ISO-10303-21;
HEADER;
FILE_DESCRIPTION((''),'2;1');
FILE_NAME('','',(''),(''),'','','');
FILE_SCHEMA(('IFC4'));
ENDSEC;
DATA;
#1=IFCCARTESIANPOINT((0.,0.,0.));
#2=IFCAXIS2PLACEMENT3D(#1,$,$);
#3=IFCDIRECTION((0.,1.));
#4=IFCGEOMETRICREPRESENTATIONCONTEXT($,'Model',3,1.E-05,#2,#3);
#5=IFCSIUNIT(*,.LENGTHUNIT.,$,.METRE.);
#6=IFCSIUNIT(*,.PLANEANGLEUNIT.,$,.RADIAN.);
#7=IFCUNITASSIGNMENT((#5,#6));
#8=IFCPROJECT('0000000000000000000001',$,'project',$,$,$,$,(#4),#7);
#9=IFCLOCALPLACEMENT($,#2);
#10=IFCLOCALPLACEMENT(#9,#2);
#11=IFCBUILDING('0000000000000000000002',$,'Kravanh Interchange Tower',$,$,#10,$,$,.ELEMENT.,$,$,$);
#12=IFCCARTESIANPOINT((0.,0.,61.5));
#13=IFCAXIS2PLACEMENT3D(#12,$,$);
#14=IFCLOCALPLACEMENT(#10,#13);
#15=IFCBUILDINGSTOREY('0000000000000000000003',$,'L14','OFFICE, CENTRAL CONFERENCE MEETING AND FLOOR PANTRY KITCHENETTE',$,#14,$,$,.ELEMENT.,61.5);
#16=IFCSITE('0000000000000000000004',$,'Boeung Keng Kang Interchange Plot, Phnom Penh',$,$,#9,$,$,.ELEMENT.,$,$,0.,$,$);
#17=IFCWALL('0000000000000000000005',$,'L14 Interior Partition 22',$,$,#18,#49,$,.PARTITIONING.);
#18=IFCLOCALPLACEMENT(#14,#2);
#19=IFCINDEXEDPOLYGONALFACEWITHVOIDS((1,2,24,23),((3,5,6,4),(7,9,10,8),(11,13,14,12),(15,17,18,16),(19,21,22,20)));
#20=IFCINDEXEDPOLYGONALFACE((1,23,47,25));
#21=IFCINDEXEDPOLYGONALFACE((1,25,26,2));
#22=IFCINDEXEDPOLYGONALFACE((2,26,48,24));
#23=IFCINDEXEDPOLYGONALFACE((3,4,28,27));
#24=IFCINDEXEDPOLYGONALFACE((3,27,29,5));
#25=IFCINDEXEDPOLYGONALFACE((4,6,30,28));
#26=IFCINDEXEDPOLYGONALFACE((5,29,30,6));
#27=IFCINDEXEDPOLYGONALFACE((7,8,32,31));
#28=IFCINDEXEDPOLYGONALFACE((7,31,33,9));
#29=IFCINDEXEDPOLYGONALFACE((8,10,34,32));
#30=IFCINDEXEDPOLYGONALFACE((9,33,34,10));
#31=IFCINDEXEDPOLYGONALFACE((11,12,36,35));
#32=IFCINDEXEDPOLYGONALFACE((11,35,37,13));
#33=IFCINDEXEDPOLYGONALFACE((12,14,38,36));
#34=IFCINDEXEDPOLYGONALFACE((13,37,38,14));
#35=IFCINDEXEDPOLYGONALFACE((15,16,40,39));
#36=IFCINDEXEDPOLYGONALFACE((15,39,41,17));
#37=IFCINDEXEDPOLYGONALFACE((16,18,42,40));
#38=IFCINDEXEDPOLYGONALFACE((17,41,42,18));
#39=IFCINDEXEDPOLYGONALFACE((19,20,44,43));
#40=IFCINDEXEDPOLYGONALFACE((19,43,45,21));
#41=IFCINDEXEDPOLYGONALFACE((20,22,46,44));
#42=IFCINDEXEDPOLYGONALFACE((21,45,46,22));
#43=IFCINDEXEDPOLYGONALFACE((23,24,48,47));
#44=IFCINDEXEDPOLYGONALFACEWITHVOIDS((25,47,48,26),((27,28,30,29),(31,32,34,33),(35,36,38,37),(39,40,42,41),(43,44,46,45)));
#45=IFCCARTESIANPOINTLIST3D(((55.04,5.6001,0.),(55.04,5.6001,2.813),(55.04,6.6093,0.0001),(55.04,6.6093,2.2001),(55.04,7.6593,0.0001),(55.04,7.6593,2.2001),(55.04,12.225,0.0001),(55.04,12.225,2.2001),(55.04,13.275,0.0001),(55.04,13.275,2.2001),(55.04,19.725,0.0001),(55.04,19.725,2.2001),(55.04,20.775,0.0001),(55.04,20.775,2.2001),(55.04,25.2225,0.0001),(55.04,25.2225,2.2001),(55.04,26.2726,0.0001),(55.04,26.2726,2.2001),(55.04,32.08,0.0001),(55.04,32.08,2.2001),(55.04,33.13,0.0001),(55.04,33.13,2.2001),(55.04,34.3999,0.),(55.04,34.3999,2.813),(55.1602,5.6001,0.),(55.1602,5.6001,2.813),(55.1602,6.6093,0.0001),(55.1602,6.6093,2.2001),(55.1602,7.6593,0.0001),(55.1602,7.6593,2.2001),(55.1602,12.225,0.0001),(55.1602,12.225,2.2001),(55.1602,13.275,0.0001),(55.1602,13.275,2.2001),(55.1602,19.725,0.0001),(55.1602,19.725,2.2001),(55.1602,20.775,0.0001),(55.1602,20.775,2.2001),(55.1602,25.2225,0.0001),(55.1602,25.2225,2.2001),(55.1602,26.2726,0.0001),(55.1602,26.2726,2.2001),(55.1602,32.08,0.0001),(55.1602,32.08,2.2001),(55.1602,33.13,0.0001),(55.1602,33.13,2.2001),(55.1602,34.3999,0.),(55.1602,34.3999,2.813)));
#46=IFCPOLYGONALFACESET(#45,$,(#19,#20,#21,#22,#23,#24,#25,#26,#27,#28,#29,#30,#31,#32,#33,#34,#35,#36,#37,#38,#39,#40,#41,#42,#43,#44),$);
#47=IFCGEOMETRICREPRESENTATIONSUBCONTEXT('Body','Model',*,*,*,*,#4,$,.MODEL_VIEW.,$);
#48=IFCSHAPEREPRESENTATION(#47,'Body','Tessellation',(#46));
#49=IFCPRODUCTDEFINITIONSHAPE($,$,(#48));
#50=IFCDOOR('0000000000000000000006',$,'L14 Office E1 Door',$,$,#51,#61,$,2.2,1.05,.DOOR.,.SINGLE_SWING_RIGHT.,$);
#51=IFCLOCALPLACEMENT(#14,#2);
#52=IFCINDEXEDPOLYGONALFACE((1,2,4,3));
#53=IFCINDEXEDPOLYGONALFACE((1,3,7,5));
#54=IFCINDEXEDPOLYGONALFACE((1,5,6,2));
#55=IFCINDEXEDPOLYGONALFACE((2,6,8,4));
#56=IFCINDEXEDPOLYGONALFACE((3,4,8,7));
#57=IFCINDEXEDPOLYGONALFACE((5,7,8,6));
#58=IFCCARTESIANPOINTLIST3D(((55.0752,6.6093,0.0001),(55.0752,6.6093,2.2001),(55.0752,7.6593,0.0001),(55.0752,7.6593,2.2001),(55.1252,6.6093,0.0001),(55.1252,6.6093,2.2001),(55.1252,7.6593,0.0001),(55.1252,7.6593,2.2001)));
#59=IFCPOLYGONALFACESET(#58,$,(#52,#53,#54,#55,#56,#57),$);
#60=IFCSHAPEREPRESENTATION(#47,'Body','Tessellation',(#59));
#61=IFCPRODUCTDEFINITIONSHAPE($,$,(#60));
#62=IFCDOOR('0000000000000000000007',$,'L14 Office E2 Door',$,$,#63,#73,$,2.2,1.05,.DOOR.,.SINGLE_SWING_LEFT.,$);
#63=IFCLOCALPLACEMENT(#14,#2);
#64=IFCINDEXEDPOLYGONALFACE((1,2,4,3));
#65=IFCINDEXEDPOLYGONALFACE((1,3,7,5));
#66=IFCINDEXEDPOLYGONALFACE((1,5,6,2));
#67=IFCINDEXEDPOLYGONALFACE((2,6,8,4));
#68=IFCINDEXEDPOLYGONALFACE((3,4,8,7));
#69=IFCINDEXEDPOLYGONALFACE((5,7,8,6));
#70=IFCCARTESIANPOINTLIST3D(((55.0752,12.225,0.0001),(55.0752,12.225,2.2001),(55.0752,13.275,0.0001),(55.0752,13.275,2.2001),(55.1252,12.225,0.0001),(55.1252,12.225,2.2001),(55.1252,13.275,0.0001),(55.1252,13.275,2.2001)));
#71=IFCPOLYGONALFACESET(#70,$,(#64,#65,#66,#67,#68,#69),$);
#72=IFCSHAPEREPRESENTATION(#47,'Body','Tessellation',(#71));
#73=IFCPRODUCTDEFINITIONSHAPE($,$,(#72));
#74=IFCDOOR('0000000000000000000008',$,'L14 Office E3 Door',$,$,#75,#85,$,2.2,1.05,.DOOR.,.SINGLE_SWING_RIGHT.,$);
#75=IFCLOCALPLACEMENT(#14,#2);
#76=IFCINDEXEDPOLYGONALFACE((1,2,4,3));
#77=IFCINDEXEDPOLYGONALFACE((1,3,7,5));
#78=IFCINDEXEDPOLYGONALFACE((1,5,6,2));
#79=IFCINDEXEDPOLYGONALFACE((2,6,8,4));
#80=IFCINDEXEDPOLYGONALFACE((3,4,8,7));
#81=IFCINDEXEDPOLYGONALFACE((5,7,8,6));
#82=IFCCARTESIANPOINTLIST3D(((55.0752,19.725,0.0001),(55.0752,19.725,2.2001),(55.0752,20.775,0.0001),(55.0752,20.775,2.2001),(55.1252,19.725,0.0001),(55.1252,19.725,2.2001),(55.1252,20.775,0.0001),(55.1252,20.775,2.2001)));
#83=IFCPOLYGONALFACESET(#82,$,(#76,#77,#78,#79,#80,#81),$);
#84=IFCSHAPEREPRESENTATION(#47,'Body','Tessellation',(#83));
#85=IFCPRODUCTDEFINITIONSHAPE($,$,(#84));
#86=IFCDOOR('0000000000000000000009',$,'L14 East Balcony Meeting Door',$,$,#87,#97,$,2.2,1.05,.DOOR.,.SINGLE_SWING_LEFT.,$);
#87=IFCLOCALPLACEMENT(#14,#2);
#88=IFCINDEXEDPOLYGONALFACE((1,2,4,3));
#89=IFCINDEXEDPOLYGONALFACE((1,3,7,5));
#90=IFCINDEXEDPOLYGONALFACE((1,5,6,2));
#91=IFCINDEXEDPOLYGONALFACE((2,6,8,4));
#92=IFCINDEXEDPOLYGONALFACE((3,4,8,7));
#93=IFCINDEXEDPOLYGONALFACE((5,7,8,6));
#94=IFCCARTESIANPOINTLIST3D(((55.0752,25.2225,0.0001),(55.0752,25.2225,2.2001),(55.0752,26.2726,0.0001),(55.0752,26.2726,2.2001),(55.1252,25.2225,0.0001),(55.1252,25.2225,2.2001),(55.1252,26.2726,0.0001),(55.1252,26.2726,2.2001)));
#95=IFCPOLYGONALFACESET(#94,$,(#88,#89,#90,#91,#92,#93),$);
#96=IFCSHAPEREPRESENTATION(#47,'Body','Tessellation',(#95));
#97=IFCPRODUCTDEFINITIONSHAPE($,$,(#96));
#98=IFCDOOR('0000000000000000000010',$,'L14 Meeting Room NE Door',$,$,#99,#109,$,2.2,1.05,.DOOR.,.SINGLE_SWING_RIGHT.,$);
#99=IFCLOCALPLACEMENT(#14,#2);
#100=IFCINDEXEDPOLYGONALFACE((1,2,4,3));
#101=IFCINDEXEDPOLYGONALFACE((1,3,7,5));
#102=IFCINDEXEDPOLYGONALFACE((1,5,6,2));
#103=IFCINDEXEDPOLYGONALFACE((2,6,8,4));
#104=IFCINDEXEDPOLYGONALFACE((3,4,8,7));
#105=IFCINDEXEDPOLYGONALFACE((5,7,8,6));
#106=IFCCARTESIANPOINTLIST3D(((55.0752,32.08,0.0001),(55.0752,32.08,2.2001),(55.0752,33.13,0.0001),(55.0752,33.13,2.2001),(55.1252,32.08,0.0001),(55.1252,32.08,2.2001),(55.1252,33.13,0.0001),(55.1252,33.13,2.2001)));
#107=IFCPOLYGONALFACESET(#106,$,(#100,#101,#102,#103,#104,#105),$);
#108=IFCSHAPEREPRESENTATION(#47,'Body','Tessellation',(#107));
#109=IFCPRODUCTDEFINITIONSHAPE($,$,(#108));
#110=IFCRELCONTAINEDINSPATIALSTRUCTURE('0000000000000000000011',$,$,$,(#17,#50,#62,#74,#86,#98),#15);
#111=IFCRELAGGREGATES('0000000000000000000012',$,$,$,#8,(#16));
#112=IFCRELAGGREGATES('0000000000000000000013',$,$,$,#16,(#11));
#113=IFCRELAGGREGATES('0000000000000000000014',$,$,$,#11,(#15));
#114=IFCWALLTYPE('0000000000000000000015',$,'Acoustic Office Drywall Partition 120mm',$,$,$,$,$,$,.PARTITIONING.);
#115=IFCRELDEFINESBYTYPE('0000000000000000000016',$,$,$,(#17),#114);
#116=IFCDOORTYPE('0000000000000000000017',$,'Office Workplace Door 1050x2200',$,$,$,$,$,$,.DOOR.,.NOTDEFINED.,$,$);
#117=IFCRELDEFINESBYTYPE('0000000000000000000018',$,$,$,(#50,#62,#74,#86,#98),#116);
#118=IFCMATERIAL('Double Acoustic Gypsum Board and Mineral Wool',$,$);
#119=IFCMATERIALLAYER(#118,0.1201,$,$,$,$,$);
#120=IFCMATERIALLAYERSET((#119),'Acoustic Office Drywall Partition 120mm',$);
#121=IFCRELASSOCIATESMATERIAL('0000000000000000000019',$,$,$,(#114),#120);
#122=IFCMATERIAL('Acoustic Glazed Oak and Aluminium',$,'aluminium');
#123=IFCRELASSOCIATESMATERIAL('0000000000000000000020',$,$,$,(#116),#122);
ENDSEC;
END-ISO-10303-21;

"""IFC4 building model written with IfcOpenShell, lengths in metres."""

from ifc_helpers import new_model, si_unit, direction, frame, frame_2d, origin, place, context, subcontext, project, spatial, rectangle, extrude, material, layer, layer_set, type_object, element, fill, save


model = new_model("IFC4")

# Units and contexts
model_context = context("Model", 3, precision=1e-05, world=origin(), true_north=direction((0.0, 1.0)))
body_context = subcontext(model_context, "Body", "Model", "MODEL_VIEW")
ifc_project = project(units=[si_unit("LENGTHUNIT", "METRE"), si_unit("PLANEANGLEUNIT", "RADIAN")], contexts=[model_context])

# Site, building, storey
site_placement = place(None, origin())
site = spatial("IfcSite", under=ifc_project, at=site_placement, Name="Boeung Keng Kang Interchange Plot, Phnom Penh", CompositionType="ELEMENT", RefElevation=0.0)
building_placement = place(site_placement, origin())
building = spatial("IfcBuilding", under=site, at=building_placement, Name="Kravanh Interchange Tower", CompositionType="ELEMENT")
storey_placement = place(building_placement, frame((0.0, 0.0, 61.5)))
storey = spatial("IfcBuildingStorey", under=building, at=storey_placement, Name="L14", Description="OFFICE, CENTRAL CONFERENCE MEETING AND FLOOR PANTRY KITCHENETTE", CompositionType="ELEMENT", Elevation=61.5)

# Wall, openings, doors
ifc_material_1 = material(Name="Double Acoustic Gypsum Board and Mineral Wool")
ifc_layer_1 = layer(ifc_material_1, 0.1201)
ifc_layer_set_1 = layer_set([ifc_layer_1], Name="Acoustic Office Drywall Partition 120mm")
wall_type = type_object("IfcWallType", Name="Acoustic Office Drywall Partition 120mm", PredefinedType="PARTITIONING", material=ifc_layer_set_1)
wall_placement = place(storey_placement, frame((55.1001, 5.6001, 0.0), z_axis=(0.0, 0.0, 1.0), x_axis=(0.0, 1.0, 0.0)))
wall = element("IfcWall", 1, at=wall_placement, inside=storey, type_object=wall_type, Name="L14 Interior Partition 22", PredefinedType="PARTITIONING", context=body_context, shape_type="SweptSolid", body=[
    extrude(rectangle(XDim=28.7998, YDim=0.1201, at=frame_2d((14.3999, 0.0))), origin(), (0.0, 0.0, 1.0), 2.813),
])
opening_1_placement = place(wall_placement, frame((1.0093, 0.0, 0.0)))
opening_1 = element("IfcOpeningElement", 2, at=opening_1_placement, cuts=wall, PredefinedType="OPENING", context=body_context, shape_type="SweptSolid", body=[
    extrude(rectangle(XDim=1.05, YDim=2.2, at=frame_2d((0.5249, 1.1001))), frame((0.0, 0.0701, 0.0), z_axis=(0.0, -1.0, 0.0), x_axis=(1.0, 0.0, 0.0)), (0.0, 0.0, 1.0), 0.1401),
])
opening_2_placement = place(wall_placement, frame((6.625, 0.0, 0.0)))
opening_2 = element("IfcOpeningElement", 3, at=opening_2_placement, cuts=wall, PredefinedType="OPENING", context=body_context, shape_type="SweptSolid", body=[
    extrude(rectangle(XDim=1.05, YDim=2.2, at=frame_2d((0.5249, 1.1001))), frame((0.0, 0.0701, 0.0), z_axis=(0.0, -1.0, 0.0), x_axis=(1.0, 0.0, 0.0)), (0.0, 0.0, 1.0), 0.1401),
])
opening_3_placement = place(wall_placement, frame((14.125, 0.0, 0.0)))
opening_3 = element("IfcOpeningElement", 4, at=opening_3_placement, cuts=wall, PredefinedType="OPENING", context=body_context, shape_type="SweptSolid", body=[
    extrude(rectangle(XDim=1.05, YDim=2.2, at=frame_2d((0.5249, 1.1001))), frame((0.0, 0.0701, 0.0), z_axis=(0.0, -1.0, 0.0), x_axis=(1.0, 0.0, 0.0)), (0.0, 0.0, 1.0), 0.1401),
])
opening_4_placement = place(wall_placement, frame((19.6226, 0.0, 0.0)))
opening_4 = element("IfcOpeningElement", 5, at=opening_4_placement, cuts=wall, PredefinedType="OPENING", context=body_context, shape_type="SweptSolid", body=[
    extrude(rectangle(XDim=1.05, YDim=2.2, at=frame_2d((0.5249, 1.1001))), frame((0.0, 0.0701, 0.0), z_axis=(0.0, -1.0, 0.0), x_axis=(1.0, 0.0, 0.0)), (0.0, 0.0, 1.0), 0.1401),
])
opening_5_placement = place(wall_placement, frame((26.48, 0.0, 0.0)))
opening_5 = element("IfcOpeningElement", 6, at=opening_5_placement, cuts=wall, PredefinedType="OPENING", context=body_context, shape_type="SweptSolid", body=[
    extrude(rectangle(XDim=1.05, YDim=2.2, at=frame_2d((0.5249, 1.1001))), frame((0.0, 0.0701, 0.0), z_axis=(0.0, -1.0, 0.0), x_axis=(1.0, 0.0, 0.0)), (0.0, 0.0, 1.0), 0.1401),
])
ifc_material_2 = material(Name="Acoustic Glazed Oak and Aluminium", Category="aluminium")
door_type = type_object("IfcDoorType", Name="Office Workplace Door 1050x2200", OperationType="NOTDEFINED", PredefinedType="DOOR", material=ifc_material_2)
door_1_placement = place(opening_1_placement, origin())
door_1 = element("IfcDoor", 7, at=door_1_placement, inside=storey, type_object=door_type, Name="L14 Office E1 Door", OperationType="SINGLE_SWING_RIGHT", OverallHeight=2.2, OverallWidth=1.05, PredefinedType="DOOR", context=body_context, shape_type="SweptSolid", body=[
    extrude(rectangle(XDim=1.05, YDim=2.2, at=frame_2d((0.5249, 1.1001))), frame((0.0, 0.0249, 0.0), z_axis=(0.0, -1.0, 0.0), x_axis=(1.0, 0.0, 0.0)), (0.0, 0.0, 1.0), 0.05),
])
fill(opening_1, door_1)
door_2_placement = place(opening_2_placement, origin())
door_2 = element("IfcDoor", 8, at=door_2_placement, inside=storey, type_object=door_type, Name="L14 Office E2 Door", OperationType="SINGLE_SWING_LEFT", OverallHeight=2.2, OverallWidth=1.05, PredefinedType="DOOR", context=body_context, shape_type="SweptSolid", body=[
    extrude(rectangle(XDim=1.05, YDim=2.2, at=frame_2d((0.5249, 1.1001))), frame((0.0, 0.0249, 0.0), z_axis=(0.0, -1.0, 0.0), x_axis=(1.0, 0.0, 0.0)), (0.0, 0.0, 1.0), 0.05),
])
fill(opening_2, door_2)
door_3_placement = place(opening_3_placement, origin())
door_3 = element("IfcDoor", 9, at=door_3_placement, inside=storey, type_object=door_type, Name="L14 Office E3 Door", OperationType="SINGLE_SWING_RIGHT", OverallHeight=2.2, OverallWidth=1.05, PredefinedType="DOOR", context=body_context, shape_type="SweptSolid", body=[
    extrude(rectangle(XDim=1.05, YDim=2.2, at=frame_2d((0.5249, 1.1001))), frame((0.0, 0.0249, 0.0), z_axis=(0.0, -1.0, 0.0), x_axis=(1.0, 0.0, 0.0)), (0.0, 0.0, 1.0), 0.05),
])
fill(opening_3, door_3)
door_4_placement = place(opening_4_placement, origin())
door_4 = element("IfcDoor", 10, at=door_4_placement, inside=storey, type_object=door_type, Name="L14 East Balcony Meeting Door", OperationType="SINGLE_SWING_LEFT", OverallHeight=2.2, OverallWidth=1.05, PredefinedType="DOOR", context=body_context, shape_type="SweptSolid", body=[
    extrude(rectangle(XDim=1.05, YDim=2.2, at=frame_2d((0.5249, 1.1001))), frame((0.0, 0.0249, 0.0), z_axis=(0.0, -1.0, 0.0), x_axis=(1.0, 0.0, 0.0)), (0.0, 0.0, 1.0), 0.05),
])
fill(opening_4, door_4)
door_5_placement = place(opening_5_placement, origin())
door_5 = element("IfcDoor", 11, at=door_5_placement, inside=storey, type_object=door_type, Name="L14 Meeting Room NE Door", OperationType="SINGLE_SWING_RIGHT", OverallHeight=2.2, OverallWidth=1.05, PredefinedType="DOOR", context=body_context, shape_type="SweptSolid", body=[
    extrude(rectangle(XDim=1.05, YDim=2.2, at=frame_2d((0.5249, 1.1001))), frame((0.0, 0.0249, 0.0), z_axis=(0.0, -1.0, 0.0), x_axis=(1.0, 0.0, 0.0)), (0.0, 0.0, 1.0), 0.05),
])
fill(opening_5, door_5)

save(model, "model.ifc")
